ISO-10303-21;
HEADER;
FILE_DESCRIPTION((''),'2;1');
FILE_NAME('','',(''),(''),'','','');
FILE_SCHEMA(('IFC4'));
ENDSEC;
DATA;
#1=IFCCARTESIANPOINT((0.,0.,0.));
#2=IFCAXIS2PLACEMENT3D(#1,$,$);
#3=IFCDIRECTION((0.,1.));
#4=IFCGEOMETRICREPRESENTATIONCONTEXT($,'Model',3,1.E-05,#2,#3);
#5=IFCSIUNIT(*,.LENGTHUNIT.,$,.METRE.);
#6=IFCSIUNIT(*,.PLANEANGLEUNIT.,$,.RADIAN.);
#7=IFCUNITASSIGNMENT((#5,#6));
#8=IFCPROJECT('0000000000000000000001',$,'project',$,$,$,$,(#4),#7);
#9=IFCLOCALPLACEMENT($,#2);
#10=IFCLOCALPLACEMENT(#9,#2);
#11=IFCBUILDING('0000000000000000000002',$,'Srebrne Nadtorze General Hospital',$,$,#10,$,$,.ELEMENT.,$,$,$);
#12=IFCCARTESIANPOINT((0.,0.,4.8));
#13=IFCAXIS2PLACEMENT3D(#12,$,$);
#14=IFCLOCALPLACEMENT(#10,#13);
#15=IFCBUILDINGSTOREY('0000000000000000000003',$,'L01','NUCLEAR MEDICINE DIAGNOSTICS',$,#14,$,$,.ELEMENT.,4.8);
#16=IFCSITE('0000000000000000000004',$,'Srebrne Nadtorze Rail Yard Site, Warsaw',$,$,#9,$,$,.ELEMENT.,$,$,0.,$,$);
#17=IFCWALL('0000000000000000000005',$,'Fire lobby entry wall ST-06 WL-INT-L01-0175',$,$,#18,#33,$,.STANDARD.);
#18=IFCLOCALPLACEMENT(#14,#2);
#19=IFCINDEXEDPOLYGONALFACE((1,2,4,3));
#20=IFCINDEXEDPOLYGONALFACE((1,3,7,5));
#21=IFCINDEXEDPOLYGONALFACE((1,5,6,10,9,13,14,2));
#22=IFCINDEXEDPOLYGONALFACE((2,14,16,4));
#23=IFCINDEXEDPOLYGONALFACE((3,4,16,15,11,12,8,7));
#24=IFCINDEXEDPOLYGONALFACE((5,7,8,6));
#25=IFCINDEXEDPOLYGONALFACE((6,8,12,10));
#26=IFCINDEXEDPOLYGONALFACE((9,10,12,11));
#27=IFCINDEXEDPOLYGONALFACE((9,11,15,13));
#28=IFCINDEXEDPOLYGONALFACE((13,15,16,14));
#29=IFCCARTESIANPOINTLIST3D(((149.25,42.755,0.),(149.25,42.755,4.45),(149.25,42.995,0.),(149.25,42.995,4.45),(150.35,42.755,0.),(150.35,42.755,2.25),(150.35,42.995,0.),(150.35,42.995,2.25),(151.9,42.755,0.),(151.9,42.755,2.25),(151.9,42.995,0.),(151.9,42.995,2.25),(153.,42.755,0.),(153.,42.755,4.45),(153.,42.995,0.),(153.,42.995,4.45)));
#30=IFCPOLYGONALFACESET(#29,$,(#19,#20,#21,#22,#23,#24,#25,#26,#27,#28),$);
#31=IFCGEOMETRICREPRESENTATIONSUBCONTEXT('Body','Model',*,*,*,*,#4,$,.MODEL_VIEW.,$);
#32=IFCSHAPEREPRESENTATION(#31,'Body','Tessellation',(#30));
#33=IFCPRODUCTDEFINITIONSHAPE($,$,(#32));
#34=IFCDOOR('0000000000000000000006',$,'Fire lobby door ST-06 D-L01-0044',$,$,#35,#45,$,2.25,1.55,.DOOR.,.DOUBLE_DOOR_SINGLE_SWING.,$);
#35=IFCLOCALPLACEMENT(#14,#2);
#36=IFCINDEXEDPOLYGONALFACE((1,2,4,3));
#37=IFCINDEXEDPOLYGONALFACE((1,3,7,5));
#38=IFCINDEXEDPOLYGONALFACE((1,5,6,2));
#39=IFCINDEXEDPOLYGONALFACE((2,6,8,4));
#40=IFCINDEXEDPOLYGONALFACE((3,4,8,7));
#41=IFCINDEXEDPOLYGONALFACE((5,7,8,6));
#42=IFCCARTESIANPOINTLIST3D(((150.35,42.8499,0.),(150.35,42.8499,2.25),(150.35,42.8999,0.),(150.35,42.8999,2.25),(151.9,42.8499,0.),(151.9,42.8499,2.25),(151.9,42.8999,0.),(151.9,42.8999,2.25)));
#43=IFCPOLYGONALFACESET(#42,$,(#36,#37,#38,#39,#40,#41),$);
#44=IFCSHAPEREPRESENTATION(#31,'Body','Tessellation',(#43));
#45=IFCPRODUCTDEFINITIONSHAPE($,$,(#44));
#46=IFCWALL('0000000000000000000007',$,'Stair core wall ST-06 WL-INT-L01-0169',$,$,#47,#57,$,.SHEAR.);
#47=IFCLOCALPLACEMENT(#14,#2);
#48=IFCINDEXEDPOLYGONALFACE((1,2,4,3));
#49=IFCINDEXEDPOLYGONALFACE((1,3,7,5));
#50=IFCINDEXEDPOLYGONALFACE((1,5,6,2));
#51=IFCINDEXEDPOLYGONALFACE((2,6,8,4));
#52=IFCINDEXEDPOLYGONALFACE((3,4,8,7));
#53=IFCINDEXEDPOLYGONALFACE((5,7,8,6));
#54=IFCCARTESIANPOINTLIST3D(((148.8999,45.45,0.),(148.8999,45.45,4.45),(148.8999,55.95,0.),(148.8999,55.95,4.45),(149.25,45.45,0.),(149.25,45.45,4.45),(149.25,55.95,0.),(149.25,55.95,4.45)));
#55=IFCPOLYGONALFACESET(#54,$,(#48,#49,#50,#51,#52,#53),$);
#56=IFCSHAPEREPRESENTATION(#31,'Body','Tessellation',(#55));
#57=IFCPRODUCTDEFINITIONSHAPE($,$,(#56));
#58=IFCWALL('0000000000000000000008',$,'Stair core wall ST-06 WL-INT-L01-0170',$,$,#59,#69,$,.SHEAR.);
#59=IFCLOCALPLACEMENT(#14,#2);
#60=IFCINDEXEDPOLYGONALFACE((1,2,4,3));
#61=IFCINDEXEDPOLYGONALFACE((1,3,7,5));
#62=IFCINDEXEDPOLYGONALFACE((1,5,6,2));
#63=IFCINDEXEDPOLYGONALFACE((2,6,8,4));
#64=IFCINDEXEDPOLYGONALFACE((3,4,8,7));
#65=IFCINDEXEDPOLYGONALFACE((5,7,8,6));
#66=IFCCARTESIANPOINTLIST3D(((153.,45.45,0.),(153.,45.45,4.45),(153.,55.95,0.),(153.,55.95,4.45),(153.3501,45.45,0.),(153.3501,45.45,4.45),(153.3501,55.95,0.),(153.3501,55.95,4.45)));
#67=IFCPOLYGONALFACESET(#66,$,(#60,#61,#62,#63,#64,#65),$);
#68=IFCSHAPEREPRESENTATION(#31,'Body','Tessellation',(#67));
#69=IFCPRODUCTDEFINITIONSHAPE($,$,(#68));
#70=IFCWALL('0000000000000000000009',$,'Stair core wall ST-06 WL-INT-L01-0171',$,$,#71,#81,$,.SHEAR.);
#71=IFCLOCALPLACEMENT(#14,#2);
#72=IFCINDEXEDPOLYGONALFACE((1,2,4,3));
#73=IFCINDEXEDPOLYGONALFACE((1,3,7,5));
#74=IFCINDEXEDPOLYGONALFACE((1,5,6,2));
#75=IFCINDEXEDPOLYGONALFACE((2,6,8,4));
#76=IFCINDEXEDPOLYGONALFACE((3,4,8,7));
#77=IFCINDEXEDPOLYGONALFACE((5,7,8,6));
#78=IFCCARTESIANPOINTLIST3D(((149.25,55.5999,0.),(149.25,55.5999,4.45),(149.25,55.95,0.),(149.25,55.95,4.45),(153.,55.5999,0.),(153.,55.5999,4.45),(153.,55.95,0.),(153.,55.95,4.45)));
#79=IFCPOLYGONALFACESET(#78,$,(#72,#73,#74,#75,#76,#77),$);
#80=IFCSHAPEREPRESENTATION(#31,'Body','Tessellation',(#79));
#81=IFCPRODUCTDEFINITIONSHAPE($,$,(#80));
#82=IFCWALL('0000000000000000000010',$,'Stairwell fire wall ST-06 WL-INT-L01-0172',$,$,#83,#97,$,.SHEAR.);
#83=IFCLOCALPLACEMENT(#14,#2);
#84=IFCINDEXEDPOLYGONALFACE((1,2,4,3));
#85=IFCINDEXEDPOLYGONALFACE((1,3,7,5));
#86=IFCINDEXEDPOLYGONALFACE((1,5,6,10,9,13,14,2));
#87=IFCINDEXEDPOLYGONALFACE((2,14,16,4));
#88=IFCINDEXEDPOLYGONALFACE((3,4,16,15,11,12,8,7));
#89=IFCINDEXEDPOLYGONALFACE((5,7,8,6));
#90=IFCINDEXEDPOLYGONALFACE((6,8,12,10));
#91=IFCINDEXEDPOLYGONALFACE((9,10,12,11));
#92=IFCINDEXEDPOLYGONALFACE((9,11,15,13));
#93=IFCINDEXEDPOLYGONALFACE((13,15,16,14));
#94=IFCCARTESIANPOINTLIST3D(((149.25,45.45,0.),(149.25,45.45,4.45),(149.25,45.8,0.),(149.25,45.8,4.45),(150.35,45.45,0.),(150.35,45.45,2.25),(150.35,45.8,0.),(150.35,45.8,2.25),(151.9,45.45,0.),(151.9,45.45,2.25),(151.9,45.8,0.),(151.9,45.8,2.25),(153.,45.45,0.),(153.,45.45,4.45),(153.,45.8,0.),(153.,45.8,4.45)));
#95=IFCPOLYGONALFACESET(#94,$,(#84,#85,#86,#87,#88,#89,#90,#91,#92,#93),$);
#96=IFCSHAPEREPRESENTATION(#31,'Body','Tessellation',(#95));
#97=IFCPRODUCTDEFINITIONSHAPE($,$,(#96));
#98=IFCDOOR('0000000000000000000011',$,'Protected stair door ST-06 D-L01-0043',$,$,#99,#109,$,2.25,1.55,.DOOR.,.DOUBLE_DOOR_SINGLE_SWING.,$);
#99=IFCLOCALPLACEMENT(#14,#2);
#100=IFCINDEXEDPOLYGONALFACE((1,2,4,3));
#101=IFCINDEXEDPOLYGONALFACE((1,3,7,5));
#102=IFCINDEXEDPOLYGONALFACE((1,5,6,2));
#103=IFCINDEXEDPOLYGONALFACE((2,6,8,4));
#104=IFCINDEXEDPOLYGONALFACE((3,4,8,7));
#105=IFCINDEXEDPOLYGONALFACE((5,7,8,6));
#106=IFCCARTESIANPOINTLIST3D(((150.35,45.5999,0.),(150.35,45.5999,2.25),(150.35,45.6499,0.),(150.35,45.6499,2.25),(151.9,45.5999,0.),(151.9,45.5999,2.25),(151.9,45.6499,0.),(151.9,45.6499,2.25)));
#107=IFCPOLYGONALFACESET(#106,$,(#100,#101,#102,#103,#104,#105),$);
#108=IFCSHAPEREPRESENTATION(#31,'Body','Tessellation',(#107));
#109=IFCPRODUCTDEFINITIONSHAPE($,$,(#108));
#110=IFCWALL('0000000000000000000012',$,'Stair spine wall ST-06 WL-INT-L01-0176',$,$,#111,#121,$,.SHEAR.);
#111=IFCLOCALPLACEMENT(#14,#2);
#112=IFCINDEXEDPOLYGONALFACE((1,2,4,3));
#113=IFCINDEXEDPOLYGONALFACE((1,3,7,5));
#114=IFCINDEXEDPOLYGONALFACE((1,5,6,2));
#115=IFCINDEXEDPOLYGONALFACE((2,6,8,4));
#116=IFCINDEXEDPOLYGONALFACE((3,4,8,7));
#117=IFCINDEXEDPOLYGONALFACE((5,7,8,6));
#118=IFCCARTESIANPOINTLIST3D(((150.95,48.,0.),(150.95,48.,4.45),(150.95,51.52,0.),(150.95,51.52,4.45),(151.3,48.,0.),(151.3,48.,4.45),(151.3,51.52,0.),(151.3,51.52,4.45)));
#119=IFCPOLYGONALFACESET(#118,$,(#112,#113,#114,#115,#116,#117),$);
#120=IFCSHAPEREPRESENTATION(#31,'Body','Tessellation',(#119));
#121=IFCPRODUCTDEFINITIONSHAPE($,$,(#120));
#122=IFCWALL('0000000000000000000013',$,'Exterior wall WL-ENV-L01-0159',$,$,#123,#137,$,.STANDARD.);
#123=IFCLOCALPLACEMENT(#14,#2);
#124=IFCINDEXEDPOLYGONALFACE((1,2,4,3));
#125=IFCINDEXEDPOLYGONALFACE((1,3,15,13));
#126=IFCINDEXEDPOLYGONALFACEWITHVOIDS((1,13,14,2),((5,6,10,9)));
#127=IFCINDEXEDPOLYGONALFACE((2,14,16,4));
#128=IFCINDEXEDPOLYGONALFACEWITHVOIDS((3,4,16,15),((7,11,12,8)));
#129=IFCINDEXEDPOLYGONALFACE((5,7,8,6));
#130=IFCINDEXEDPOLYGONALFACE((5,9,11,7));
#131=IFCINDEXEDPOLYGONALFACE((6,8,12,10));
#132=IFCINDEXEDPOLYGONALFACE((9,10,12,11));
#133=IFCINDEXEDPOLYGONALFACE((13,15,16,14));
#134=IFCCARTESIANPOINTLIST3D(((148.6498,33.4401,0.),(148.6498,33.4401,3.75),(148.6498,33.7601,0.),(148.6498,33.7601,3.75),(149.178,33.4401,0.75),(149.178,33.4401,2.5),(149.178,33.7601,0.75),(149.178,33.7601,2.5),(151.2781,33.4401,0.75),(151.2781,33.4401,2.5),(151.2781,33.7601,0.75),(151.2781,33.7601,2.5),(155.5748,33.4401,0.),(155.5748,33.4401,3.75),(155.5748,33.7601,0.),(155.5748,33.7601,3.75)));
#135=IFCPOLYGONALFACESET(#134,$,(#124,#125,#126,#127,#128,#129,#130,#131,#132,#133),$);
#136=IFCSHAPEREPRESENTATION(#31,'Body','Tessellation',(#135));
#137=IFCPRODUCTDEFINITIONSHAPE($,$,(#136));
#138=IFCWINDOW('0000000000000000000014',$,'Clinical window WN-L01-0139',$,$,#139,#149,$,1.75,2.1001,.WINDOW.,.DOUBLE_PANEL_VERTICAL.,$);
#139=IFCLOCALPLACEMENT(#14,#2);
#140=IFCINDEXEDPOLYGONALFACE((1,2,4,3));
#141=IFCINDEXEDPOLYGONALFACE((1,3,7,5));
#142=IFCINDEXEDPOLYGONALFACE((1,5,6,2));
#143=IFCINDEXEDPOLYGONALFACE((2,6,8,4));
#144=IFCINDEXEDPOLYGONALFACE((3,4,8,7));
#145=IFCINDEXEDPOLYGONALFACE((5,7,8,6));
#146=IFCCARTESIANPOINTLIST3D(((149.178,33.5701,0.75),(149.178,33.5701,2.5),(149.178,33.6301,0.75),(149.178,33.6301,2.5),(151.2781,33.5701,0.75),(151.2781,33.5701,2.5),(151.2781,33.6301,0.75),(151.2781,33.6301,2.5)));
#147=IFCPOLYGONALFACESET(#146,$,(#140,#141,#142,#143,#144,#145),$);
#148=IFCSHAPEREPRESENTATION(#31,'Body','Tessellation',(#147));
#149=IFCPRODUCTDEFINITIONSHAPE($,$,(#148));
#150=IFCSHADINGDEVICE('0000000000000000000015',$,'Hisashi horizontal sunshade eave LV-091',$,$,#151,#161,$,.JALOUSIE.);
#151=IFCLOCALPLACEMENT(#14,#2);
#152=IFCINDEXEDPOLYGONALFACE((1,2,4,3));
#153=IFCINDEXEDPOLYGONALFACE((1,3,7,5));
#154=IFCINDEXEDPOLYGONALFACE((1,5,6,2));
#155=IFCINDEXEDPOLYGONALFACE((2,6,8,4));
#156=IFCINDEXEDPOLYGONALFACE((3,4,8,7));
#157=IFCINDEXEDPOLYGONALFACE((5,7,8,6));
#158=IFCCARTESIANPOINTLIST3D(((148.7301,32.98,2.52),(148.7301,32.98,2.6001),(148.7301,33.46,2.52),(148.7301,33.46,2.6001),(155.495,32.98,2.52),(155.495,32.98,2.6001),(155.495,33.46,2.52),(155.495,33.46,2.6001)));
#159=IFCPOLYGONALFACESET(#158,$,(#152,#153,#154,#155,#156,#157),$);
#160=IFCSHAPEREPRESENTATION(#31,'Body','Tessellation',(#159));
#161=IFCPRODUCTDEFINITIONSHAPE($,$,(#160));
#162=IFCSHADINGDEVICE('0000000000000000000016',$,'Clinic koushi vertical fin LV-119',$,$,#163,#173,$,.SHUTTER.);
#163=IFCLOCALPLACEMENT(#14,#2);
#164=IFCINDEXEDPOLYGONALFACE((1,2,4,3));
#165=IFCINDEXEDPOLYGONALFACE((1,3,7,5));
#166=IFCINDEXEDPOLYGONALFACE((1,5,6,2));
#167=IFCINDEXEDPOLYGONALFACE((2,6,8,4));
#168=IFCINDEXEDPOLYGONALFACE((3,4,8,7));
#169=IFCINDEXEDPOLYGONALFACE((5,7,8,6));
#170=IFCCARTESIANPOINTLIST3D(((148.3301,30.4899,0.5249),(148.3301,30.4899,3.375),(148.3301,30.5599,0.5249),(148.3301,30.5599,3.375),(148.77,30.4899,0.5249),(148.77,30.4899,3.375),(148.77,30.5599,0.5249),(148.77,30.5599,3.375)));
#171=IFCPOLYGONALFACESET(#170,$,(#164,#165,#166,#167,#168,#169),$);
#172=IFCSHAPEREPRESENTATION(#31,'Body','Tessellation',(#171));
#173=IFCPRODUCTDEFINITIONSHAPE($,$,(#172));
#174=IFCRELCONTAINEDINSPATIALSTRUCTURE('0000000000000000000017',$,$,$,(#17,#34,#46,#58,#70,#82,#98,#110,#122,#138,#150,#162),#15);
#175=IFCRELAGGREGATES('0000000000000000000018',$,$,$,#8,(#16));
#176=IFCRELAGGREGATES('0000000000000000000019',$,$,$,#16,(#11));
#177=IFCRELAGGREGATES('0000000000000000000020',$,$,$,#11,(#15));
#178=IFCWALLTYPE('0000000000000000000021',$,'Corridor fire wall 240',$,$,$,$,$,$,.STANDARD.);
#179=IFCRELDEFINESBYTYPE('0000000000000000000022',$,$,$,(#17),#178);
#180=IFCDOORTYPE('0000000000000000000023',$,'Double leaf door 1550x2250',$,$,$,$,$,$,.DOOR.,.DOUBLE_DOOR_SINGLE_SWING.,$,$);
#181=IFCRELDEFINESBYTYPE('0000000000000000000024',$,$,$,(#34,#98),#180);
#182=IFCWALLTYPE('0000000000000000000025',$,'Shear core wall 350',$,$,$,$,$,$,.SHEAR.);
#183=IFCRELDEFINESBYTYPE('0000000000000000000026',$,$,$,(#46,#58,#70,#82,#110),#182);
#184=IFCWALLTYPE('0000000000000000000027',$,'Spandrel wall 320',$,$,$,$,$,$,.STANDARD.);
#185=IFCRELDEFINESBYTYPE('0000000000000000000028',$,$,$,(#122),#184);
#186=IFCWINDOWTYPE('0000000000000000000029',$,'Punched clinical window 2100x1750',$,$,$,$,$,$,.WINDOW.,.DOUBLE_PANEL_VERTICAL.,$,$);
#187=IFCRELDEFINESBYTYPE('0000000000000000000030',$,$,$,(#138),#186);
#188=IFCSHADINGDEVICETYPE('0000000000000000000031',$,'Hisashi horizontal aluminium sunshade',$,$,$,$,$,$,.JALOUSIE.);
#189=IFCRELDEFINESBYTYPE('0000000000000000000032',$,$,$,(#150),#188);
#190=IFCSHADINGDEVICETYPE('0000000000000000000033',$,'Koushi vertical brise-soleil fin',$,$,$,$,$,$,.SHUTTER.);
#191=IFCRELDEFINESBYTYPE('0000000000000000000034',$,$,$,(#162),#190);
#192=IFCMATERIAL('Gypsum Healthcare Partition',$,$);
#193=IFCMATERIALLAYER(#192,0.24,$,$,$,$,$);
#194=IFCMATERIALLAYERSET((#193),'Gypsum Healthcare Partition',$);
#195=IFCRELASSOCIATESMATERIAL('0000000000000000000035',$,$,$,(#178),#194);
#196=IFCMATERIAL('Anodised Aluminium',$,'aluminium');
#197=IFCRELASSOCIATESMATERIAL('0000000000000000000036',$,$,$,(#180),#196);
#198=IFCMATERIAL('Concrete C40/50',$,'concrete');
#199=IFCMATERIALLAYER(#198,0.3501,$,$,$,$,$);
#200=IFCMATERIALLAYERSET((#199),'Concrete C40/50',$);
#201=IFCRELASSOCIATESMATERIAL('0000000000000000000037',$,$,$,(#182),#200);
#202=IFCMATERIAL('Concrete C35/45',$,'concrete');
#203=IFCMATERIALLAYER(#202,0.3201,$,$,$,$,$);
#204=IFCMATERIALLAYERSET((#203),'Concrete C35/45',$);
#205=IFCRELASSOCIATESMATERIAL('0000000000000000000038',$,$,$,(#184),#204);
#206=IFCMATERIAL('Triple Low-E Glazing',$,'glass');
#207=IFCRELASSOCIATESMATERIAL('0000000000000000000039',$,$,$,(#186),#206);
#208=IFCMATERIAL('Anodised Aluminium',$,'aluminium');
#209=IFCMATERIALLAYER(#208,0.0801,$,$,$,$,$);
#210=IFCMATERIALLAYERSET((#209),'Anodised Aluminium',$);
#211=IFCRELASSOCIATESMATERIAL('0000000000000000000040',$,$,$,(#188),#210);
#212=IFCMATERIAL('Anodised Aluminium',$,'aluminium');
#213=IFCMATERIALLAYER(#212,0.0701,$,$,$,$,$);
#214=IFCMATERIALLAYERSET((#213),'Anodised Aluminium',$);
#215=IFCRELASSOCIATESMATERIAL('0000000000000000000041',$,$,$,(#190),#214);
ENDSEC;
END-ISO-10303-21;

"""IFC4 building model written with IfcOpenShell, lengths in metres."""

from ifc_helpers import new_model, si_unit, direction, frame, frame_2d, origin, origin_2d, place, context, subcontext, project, spatial, rectangle, extrude, material, layer, layer_set, type_object, element, fill, save


model = new_model("IFC4")

# Units and contexts
model_context = context("Model", 3, precision=1e-05, world=origin(), true_north=direction((0.0, 1.0)))
body_context = subcontext(model_context, "Body", "Model", "MODEL_VIEW")
ifc_project = project(units=[si_unit("LENGTHUNIT", "METRE"), si_unit("PLANEANGLEUNIT", "RADIAN")], contexts=[model_context])

# Site, building, storey
site_placement = place(None, origin())
site = spatial("IfcSite", under=ifc_project, at=site_placement, Name="Srebrne Nadtorze Rail Yard Site, Warsaw", CompositionType="ELEMENT", RefElevation=0.0)
building_placement = place(site_placement, origin())
building = spatial("IfcBuilding", under=site, at=building_placement, Name="Srebrne Nadtorze General Hospital", CompositionType="ELEMENT")
storey_placement = place(building_placement, frame((0.0, 0.0, 4.8)))
storey = spatial("IfcBuildingStorey", under=building, at=storey_placement, Name="L01", Description="NUCLEAR MEDICINE DIAGNOSTICS", CompositionType="ELEMENT", Elevation=4.8)

# Shared definitions
ifc_material_1 = material(Name="Gypsum Healthcare Partition")
ifc_layer_1 = layer(ifc_material_1, 0.24)
ifc_layer_set_1 = layer_set([ifc_layer_1], Name="Gypsum Healthcare Partition")
wall_type_1 = type_object("IfcWallType", Name="Corridor fire wall 240", PredefinedType="STANDARD", material=ifc_layer_set_1)

# Wall, opening, door
wall_1_placement = place(storey_placement, frame((149.25, 42.875, 0.0), z_axis=(0.0, 0.0, 1.0), x_axis=(1.0, 0.0, 0.0)))
wall_1 = element("IfcWall", 1, at=wall_1_placement, inside=storey, type_object=wall_type_1, Name="Fire lobby entry wall ST-06 WL-INT-L01-0175", PredefinedType="STANDARD", context=body_context, shape_type="SweptSolid", body=[
    extrude(rectangle(XDim=3.75, YDim=0.24, at=frame_2d((1.875, 0.0))), origin(), (0.0, 0.0, 1.0), 4.45),
])
opening_1_placement = place(wall_1_placement, frame((1.1001, 0.0, 0.0)))
opening_1 = element("IfcOpeningElement", 2, at=opening_1_placement, cuts=wall_1, PredefinedType="OPENING", context=body_context, shape_type="SweptSolid", body=[
    extrude(rectangle(XDim=1.55, YDim=2.25, at=frame_2d((0.7749, 1.125))), frame((0.0, 0.1318, 0.0), z_axis=(0.0, -1.0, 0.0), x_axis=(1.0, 0.0, 0.0)), (0.0, 0.0, 1.0), 0.2639),
])
ifc_material_2 = material(Name="Anodised Aluminium", Category="aluminium")
door_type_1 = type_object("IfcDoorType", Name="Double leaf door 1550x2250", OperationType="DOUBLE_DOOR_SINGLE_SWING", PredefinedType="DOOR", material=ifc_material_2)
door_1_placement = place(opening_1_placement, origin())
door_1 = element("IfcDoor", 3, at=door_1_placement, inside=storey, type_object=door_type_1, Name="Fire lobby door ST-06 D-L01-0044", OperationType="DOUBLE_DOOR_SINGLE_SWING", OverallHeight=2.25, OverallWidth=1.55, PredefinedType="DOOR", context=body_context, shape_type="SweptSolid", body=[
    extrude(rectangle(XDim=1.55, YDim=2.25, at=frame_2d((0.7749, 1.125))), frame((0.0, 0.0249, 0.0), z_axis=(0.0, -1.0, 0.0), x_axis=(1.0, 0.0, 0.0)), (0.0, 0.0, 1.0), 0.05),
])
fill(opening_1, door_1)

# Walls
ifc_material_3 = material(Name="Concrete C40/50", Category="concrete")
ifc_layer_2 = layer(ifc_material_3, 0.3501)
ifc_layer_set_2 = layer_set([ifc_layer_2], Name="Concrete C40/50")
wall_type_2 = type_object("IfcWallType", Name="Shear core wall 350", PredefinedType="SHEAR", material=ifc_layer_set_2)
for number, where, z_axis, x_axis, name in (
    (4, (149.075, 45.45, 0.0), (0.0, 0.0, 1.0), (0.0, 1.0, 0.0), "Stair core wall ST-06 WL-INT-L01-0169"),
    (5, (153.175, 45.45, 0.0), (0.0, 0.0, 1.0), (0.0, 1.0, 0.0), "Stair core wall ST-06 WL-INT-L01-0170"),
):
    element("IfcWall", number, at=place(storey_placement, frame(where, z_axis=z_axis, x_axis=x_axis)), inside=storey, type_object=wall_type_2, Name=name, PredefinedType="SHEAR", context=body_context, shape_type="SweptSolid", body=[
        extrude(rectangle(XDim=10.5, YDim=0.3501, at=frame_2d((5.25, 0.0))), origin(), (0.0, 0.0, 1.0), 4.45),
    ])
wall_2_placement = place(storey_placement, frame((149.25, 55.7749, 0.0), z_axis=(0.0, 0.0, 1.0), x_axis=(1.0, 0.0, 0.0)))
element("IfcWall", 6, at=wall_2_placement, inside=storey, type_object=wall_type_2, Name="Stair core wall ST-06 WL-INT-L01-0171", PredefinedType="SHEAR", context=body_context, shape_type="SweptSolid", body=[
    extrude(rectangle(XDim=3.75, YDim=0.3501, at=frame_2d((1.875, 0.0))), origin(), (0.0, 0.0, 1.0), 4.45),
])

# Wall, opening, door
wall_3_placement = place(storey_placement, frame((149.25, 45.625, 0.0), z_axis=(0.0, 0.0, 1.0), x_axis=(1.0, 0.0, 0.0)))
wall_3 = element("IfcWall", 7, at=wall_3_placement, inside=storey, type_object=wall_type_2, Name="Stairwell fire wall ST-06 WL-INT-L01-0172", PredefinedType="SHEAR", context=body_context, shape_type="SweptSolid", body=[
    extrude(rectangle(XDim=3.75, YDim=0.3501, at=frame_2d((1.875, 0.0))), origin(), (0.0, 0.0, 1.0), 4.45),
])
opening_2_placement = place(wall_3_placement, frame((1.1001, 0.0, 0.0)))
opening_2 = element("IfcOpeningElement", 8, at=opening_2_placement, cuts=wall_3, PredefinedType="OPENING", context=body_context, shape_type="SweptSolid", body=[
    extrude(rectangle(XDim=1.55, YDim=2.25, at=frame_2d((0.7749, 1.125))), frame((0.0, 0.187, 0.0), z_axis=(0.0, -1.0, 0.0), x_axis=(1.0, 0.0, 0.0)), (0.0, 0.0, 1.0), 0.374),
])
door_2_placement = place(opening_2_placement, origin())
door_2 = element("IfcDoor", 9, at=door_2_placement, inside=storey, type_object=door_type_1, Name="Protected stair door ST-06 D-L01-0043", OperationType="DOUBLE_DOOR_SINGLE_SWING", OverallHeight=2.25, OverallWidth=1.55, PredefinedType="DOOR", context=body_context, shape_type="SweptSolid", body=[
    extrude(rectangle(XDim=1.55, YDim=2.25, at=frame_2d((0.7749, 1.125))), frame((0.0, 0.0249, 0.0), z_axis=(0.0, -1.0, 0.0), x_axis=(1.0, 0.0, 0.0)), (0.0, 0.0, 1.0), 0.05),
])
fill(opening_2, door_2)

# Wall
wall_4_placement = place(storey_placement, frame((151.125, 48.0, 0.0), z_axis=(0.0, 0.0, 1.0), x_axis=(0.0, 1.0, 0.0)))
element("IfcWall", 10, at=wall_4_placement, inside=storey, type_object=wall_type_2, Name="Stair spine wall ST-06 WL-INT-L01-0176", PredefinedType="SHEAR", context=body_context, shape_type="SweptSolid", body=[
    extrude(rectangle(XDim=3.52, YDim=0.3501, at=frame_2d((1.76, 0.0))), origin(), (0.0, 0.0, 1.0), 4.45),
])

# Wall, opening, window
ifc_material_4 = material(Name="Concrete C35/45", Category="concrete")
ifc_layer_3 = layer(ifc_material_4, 0.3201)
ifc_layer_set_3 = layer_set([ifc_layer_3], Name="Concrete C35/45")
wall_type_3 = type_object("IfcWallType", Name="Spandrel wall 320", PredefinedType="STANDARD", material=ifc_layer_set_3)
wall_5_placement = place(storey_placement, frame((148.6499, 33.6001, 0.0), z_axis=(0.0, 0.0, 1.0), x_axis=(1.0, 0.0, 0.0)))
wall_5 = element("IfcWall", 11, at=wall_5_placement, inside=storey, type_object=wall_type_3, Name="Exterior wall WL-ENV-L01-0159", PredefinedType="STANDARD", context=body_context, shape_type="SweptSolid", body=[
    extrude(rectangle(XDim=6.925, YDim=0.3201, at=frame_2d((3.4624, 0.0))), origin(), (0.0, 0.0, 1.0), 3.75),
])
opening_3_placement = place(wall_5_placement, frame((0.5281, 0.0, 0.75)))
opening_3 = element("IfcOpeningElement", 12, at=opening_3_placement, cuts=wall_5, PredefinedType="OPENING", context=body_context, shape_type="SweptSolid", body=[
    extrude(rectangle(XDim=2.1001, YDim=1.75, at=frame_2d((1.05, 0.875))), frame((0.0, 0.1719, 0.0), z_axis=(0.0, -1.0, 0.0), x_axis=(1.0, 0.0, 0.0)), (0.0, 0.0, 1.0), 0.344),
])
ifc_material_5 = material(Name="Triple Low-E Glazing", Category="glass")
window_type = type_object("IfcWindowType", Name="Punched clinical window 2100x1750", PartitioningType="DOUBLE_PANEL_VERTICAL", PredefinedType="WINDOW", material=ifc_material_5)
window_placement = place(opening_3_placement, origin())
window = element("IfcWindow", 13, at=window_placement, inside=storey, type_object=window_type, Name="Clinical window WN-L01-0139", OverallHeight=1.75, OverallWidth=2.1001, PartitioningType="DOUBLE_PANEL_VERTICAL", PredefinedType="WINDOW", context=body_context, shape_type="SweptSolid", body=[
    extrude(rectangle(XDim=2.1001, YDim=1.75, at=frame_2d((1.05, 0.875))), frame((0.0, 0.03, 0.0), z_axis=(0.0, -1.0, 0.0), x_axis=(1.0, 0.0, 0.0)), (0.0, 0.0, 1.0), 0.0601),
])
fill(opening_3, window)

# Shading devices
ifc_material_6 = material(Name="Anodised Aluminium", Category="aluminium")
ifc_layer_4 = layer(ifc_material_6, 0.0801)
ifc_layer_set_4 = layer_set([ifc_layer_4], Name="Anodised Aluminium")
shading_device_type_1 = type_object("IfcShadingDeviceType", Name="Hisashi horizontal aluminium sunshade", PredefinedType="JALOUSIE", material=ifc_layer_set_4)
shading_device_1_placement = place(storey_placement, frame((152.1125, 33.22, 2.52), z_axis=(0.0, 0.0, 1.0), x_axis=(1.0, 0.0, 0.0)))
element("IfcShadingDevice", 14, at=shading_device_1_placement, inside=storey, type_object=shading_device_type_1, Name="Hisashi horizontal sunshade eave LV-091", PredefinedType="JALOUSIE", context=body_context, shape_type="SweptSolid", body=[
    extrude(rectangle(XDim=6.7649, YDim=0.48, at=origin_2d()), origin(), (0.0, 0.0, 1.0), 0.0801),
])
ifc_material_7 = material(Name="Anodised Aluminium", Category="aluminium")
ifc_layer_5 = layer(ifc_material_7, 0.0701)
ifc_layer_set_5 = layer_set([ifc_layer_5], Name="Anodised Aluminium")
shading_device_type_2 = type_object("IfcShadingDeviceType", Name="Koushi vertical brise-soleil fin", PredefinedType="SHUTTER", material=ifc_layer_set_5)
shading_device_2_placement = place(storey_placement, frame((148.55, 30.5249, 0.5249), z_axis=(0.0, 0.0, 1.0), x_axis=(1.0, 0.0, 0.0)))
element("IfcShadingDevice", 15, at=shading_device_2_placement, inside=storey, type_object=shading_device_type_2, Name="Clinic koushi vertical fin LV-119", PredefinedType="SHUTTER", context=body_context, shape_type="SweptSolid", body=[
    extrude(rectangle(XDim=0.4399, YDim=0.0701, at=origin_2d()), origin(), (0.0, 0.0, 1.0), 2.8501),
])

save(model, "model.ifc")
